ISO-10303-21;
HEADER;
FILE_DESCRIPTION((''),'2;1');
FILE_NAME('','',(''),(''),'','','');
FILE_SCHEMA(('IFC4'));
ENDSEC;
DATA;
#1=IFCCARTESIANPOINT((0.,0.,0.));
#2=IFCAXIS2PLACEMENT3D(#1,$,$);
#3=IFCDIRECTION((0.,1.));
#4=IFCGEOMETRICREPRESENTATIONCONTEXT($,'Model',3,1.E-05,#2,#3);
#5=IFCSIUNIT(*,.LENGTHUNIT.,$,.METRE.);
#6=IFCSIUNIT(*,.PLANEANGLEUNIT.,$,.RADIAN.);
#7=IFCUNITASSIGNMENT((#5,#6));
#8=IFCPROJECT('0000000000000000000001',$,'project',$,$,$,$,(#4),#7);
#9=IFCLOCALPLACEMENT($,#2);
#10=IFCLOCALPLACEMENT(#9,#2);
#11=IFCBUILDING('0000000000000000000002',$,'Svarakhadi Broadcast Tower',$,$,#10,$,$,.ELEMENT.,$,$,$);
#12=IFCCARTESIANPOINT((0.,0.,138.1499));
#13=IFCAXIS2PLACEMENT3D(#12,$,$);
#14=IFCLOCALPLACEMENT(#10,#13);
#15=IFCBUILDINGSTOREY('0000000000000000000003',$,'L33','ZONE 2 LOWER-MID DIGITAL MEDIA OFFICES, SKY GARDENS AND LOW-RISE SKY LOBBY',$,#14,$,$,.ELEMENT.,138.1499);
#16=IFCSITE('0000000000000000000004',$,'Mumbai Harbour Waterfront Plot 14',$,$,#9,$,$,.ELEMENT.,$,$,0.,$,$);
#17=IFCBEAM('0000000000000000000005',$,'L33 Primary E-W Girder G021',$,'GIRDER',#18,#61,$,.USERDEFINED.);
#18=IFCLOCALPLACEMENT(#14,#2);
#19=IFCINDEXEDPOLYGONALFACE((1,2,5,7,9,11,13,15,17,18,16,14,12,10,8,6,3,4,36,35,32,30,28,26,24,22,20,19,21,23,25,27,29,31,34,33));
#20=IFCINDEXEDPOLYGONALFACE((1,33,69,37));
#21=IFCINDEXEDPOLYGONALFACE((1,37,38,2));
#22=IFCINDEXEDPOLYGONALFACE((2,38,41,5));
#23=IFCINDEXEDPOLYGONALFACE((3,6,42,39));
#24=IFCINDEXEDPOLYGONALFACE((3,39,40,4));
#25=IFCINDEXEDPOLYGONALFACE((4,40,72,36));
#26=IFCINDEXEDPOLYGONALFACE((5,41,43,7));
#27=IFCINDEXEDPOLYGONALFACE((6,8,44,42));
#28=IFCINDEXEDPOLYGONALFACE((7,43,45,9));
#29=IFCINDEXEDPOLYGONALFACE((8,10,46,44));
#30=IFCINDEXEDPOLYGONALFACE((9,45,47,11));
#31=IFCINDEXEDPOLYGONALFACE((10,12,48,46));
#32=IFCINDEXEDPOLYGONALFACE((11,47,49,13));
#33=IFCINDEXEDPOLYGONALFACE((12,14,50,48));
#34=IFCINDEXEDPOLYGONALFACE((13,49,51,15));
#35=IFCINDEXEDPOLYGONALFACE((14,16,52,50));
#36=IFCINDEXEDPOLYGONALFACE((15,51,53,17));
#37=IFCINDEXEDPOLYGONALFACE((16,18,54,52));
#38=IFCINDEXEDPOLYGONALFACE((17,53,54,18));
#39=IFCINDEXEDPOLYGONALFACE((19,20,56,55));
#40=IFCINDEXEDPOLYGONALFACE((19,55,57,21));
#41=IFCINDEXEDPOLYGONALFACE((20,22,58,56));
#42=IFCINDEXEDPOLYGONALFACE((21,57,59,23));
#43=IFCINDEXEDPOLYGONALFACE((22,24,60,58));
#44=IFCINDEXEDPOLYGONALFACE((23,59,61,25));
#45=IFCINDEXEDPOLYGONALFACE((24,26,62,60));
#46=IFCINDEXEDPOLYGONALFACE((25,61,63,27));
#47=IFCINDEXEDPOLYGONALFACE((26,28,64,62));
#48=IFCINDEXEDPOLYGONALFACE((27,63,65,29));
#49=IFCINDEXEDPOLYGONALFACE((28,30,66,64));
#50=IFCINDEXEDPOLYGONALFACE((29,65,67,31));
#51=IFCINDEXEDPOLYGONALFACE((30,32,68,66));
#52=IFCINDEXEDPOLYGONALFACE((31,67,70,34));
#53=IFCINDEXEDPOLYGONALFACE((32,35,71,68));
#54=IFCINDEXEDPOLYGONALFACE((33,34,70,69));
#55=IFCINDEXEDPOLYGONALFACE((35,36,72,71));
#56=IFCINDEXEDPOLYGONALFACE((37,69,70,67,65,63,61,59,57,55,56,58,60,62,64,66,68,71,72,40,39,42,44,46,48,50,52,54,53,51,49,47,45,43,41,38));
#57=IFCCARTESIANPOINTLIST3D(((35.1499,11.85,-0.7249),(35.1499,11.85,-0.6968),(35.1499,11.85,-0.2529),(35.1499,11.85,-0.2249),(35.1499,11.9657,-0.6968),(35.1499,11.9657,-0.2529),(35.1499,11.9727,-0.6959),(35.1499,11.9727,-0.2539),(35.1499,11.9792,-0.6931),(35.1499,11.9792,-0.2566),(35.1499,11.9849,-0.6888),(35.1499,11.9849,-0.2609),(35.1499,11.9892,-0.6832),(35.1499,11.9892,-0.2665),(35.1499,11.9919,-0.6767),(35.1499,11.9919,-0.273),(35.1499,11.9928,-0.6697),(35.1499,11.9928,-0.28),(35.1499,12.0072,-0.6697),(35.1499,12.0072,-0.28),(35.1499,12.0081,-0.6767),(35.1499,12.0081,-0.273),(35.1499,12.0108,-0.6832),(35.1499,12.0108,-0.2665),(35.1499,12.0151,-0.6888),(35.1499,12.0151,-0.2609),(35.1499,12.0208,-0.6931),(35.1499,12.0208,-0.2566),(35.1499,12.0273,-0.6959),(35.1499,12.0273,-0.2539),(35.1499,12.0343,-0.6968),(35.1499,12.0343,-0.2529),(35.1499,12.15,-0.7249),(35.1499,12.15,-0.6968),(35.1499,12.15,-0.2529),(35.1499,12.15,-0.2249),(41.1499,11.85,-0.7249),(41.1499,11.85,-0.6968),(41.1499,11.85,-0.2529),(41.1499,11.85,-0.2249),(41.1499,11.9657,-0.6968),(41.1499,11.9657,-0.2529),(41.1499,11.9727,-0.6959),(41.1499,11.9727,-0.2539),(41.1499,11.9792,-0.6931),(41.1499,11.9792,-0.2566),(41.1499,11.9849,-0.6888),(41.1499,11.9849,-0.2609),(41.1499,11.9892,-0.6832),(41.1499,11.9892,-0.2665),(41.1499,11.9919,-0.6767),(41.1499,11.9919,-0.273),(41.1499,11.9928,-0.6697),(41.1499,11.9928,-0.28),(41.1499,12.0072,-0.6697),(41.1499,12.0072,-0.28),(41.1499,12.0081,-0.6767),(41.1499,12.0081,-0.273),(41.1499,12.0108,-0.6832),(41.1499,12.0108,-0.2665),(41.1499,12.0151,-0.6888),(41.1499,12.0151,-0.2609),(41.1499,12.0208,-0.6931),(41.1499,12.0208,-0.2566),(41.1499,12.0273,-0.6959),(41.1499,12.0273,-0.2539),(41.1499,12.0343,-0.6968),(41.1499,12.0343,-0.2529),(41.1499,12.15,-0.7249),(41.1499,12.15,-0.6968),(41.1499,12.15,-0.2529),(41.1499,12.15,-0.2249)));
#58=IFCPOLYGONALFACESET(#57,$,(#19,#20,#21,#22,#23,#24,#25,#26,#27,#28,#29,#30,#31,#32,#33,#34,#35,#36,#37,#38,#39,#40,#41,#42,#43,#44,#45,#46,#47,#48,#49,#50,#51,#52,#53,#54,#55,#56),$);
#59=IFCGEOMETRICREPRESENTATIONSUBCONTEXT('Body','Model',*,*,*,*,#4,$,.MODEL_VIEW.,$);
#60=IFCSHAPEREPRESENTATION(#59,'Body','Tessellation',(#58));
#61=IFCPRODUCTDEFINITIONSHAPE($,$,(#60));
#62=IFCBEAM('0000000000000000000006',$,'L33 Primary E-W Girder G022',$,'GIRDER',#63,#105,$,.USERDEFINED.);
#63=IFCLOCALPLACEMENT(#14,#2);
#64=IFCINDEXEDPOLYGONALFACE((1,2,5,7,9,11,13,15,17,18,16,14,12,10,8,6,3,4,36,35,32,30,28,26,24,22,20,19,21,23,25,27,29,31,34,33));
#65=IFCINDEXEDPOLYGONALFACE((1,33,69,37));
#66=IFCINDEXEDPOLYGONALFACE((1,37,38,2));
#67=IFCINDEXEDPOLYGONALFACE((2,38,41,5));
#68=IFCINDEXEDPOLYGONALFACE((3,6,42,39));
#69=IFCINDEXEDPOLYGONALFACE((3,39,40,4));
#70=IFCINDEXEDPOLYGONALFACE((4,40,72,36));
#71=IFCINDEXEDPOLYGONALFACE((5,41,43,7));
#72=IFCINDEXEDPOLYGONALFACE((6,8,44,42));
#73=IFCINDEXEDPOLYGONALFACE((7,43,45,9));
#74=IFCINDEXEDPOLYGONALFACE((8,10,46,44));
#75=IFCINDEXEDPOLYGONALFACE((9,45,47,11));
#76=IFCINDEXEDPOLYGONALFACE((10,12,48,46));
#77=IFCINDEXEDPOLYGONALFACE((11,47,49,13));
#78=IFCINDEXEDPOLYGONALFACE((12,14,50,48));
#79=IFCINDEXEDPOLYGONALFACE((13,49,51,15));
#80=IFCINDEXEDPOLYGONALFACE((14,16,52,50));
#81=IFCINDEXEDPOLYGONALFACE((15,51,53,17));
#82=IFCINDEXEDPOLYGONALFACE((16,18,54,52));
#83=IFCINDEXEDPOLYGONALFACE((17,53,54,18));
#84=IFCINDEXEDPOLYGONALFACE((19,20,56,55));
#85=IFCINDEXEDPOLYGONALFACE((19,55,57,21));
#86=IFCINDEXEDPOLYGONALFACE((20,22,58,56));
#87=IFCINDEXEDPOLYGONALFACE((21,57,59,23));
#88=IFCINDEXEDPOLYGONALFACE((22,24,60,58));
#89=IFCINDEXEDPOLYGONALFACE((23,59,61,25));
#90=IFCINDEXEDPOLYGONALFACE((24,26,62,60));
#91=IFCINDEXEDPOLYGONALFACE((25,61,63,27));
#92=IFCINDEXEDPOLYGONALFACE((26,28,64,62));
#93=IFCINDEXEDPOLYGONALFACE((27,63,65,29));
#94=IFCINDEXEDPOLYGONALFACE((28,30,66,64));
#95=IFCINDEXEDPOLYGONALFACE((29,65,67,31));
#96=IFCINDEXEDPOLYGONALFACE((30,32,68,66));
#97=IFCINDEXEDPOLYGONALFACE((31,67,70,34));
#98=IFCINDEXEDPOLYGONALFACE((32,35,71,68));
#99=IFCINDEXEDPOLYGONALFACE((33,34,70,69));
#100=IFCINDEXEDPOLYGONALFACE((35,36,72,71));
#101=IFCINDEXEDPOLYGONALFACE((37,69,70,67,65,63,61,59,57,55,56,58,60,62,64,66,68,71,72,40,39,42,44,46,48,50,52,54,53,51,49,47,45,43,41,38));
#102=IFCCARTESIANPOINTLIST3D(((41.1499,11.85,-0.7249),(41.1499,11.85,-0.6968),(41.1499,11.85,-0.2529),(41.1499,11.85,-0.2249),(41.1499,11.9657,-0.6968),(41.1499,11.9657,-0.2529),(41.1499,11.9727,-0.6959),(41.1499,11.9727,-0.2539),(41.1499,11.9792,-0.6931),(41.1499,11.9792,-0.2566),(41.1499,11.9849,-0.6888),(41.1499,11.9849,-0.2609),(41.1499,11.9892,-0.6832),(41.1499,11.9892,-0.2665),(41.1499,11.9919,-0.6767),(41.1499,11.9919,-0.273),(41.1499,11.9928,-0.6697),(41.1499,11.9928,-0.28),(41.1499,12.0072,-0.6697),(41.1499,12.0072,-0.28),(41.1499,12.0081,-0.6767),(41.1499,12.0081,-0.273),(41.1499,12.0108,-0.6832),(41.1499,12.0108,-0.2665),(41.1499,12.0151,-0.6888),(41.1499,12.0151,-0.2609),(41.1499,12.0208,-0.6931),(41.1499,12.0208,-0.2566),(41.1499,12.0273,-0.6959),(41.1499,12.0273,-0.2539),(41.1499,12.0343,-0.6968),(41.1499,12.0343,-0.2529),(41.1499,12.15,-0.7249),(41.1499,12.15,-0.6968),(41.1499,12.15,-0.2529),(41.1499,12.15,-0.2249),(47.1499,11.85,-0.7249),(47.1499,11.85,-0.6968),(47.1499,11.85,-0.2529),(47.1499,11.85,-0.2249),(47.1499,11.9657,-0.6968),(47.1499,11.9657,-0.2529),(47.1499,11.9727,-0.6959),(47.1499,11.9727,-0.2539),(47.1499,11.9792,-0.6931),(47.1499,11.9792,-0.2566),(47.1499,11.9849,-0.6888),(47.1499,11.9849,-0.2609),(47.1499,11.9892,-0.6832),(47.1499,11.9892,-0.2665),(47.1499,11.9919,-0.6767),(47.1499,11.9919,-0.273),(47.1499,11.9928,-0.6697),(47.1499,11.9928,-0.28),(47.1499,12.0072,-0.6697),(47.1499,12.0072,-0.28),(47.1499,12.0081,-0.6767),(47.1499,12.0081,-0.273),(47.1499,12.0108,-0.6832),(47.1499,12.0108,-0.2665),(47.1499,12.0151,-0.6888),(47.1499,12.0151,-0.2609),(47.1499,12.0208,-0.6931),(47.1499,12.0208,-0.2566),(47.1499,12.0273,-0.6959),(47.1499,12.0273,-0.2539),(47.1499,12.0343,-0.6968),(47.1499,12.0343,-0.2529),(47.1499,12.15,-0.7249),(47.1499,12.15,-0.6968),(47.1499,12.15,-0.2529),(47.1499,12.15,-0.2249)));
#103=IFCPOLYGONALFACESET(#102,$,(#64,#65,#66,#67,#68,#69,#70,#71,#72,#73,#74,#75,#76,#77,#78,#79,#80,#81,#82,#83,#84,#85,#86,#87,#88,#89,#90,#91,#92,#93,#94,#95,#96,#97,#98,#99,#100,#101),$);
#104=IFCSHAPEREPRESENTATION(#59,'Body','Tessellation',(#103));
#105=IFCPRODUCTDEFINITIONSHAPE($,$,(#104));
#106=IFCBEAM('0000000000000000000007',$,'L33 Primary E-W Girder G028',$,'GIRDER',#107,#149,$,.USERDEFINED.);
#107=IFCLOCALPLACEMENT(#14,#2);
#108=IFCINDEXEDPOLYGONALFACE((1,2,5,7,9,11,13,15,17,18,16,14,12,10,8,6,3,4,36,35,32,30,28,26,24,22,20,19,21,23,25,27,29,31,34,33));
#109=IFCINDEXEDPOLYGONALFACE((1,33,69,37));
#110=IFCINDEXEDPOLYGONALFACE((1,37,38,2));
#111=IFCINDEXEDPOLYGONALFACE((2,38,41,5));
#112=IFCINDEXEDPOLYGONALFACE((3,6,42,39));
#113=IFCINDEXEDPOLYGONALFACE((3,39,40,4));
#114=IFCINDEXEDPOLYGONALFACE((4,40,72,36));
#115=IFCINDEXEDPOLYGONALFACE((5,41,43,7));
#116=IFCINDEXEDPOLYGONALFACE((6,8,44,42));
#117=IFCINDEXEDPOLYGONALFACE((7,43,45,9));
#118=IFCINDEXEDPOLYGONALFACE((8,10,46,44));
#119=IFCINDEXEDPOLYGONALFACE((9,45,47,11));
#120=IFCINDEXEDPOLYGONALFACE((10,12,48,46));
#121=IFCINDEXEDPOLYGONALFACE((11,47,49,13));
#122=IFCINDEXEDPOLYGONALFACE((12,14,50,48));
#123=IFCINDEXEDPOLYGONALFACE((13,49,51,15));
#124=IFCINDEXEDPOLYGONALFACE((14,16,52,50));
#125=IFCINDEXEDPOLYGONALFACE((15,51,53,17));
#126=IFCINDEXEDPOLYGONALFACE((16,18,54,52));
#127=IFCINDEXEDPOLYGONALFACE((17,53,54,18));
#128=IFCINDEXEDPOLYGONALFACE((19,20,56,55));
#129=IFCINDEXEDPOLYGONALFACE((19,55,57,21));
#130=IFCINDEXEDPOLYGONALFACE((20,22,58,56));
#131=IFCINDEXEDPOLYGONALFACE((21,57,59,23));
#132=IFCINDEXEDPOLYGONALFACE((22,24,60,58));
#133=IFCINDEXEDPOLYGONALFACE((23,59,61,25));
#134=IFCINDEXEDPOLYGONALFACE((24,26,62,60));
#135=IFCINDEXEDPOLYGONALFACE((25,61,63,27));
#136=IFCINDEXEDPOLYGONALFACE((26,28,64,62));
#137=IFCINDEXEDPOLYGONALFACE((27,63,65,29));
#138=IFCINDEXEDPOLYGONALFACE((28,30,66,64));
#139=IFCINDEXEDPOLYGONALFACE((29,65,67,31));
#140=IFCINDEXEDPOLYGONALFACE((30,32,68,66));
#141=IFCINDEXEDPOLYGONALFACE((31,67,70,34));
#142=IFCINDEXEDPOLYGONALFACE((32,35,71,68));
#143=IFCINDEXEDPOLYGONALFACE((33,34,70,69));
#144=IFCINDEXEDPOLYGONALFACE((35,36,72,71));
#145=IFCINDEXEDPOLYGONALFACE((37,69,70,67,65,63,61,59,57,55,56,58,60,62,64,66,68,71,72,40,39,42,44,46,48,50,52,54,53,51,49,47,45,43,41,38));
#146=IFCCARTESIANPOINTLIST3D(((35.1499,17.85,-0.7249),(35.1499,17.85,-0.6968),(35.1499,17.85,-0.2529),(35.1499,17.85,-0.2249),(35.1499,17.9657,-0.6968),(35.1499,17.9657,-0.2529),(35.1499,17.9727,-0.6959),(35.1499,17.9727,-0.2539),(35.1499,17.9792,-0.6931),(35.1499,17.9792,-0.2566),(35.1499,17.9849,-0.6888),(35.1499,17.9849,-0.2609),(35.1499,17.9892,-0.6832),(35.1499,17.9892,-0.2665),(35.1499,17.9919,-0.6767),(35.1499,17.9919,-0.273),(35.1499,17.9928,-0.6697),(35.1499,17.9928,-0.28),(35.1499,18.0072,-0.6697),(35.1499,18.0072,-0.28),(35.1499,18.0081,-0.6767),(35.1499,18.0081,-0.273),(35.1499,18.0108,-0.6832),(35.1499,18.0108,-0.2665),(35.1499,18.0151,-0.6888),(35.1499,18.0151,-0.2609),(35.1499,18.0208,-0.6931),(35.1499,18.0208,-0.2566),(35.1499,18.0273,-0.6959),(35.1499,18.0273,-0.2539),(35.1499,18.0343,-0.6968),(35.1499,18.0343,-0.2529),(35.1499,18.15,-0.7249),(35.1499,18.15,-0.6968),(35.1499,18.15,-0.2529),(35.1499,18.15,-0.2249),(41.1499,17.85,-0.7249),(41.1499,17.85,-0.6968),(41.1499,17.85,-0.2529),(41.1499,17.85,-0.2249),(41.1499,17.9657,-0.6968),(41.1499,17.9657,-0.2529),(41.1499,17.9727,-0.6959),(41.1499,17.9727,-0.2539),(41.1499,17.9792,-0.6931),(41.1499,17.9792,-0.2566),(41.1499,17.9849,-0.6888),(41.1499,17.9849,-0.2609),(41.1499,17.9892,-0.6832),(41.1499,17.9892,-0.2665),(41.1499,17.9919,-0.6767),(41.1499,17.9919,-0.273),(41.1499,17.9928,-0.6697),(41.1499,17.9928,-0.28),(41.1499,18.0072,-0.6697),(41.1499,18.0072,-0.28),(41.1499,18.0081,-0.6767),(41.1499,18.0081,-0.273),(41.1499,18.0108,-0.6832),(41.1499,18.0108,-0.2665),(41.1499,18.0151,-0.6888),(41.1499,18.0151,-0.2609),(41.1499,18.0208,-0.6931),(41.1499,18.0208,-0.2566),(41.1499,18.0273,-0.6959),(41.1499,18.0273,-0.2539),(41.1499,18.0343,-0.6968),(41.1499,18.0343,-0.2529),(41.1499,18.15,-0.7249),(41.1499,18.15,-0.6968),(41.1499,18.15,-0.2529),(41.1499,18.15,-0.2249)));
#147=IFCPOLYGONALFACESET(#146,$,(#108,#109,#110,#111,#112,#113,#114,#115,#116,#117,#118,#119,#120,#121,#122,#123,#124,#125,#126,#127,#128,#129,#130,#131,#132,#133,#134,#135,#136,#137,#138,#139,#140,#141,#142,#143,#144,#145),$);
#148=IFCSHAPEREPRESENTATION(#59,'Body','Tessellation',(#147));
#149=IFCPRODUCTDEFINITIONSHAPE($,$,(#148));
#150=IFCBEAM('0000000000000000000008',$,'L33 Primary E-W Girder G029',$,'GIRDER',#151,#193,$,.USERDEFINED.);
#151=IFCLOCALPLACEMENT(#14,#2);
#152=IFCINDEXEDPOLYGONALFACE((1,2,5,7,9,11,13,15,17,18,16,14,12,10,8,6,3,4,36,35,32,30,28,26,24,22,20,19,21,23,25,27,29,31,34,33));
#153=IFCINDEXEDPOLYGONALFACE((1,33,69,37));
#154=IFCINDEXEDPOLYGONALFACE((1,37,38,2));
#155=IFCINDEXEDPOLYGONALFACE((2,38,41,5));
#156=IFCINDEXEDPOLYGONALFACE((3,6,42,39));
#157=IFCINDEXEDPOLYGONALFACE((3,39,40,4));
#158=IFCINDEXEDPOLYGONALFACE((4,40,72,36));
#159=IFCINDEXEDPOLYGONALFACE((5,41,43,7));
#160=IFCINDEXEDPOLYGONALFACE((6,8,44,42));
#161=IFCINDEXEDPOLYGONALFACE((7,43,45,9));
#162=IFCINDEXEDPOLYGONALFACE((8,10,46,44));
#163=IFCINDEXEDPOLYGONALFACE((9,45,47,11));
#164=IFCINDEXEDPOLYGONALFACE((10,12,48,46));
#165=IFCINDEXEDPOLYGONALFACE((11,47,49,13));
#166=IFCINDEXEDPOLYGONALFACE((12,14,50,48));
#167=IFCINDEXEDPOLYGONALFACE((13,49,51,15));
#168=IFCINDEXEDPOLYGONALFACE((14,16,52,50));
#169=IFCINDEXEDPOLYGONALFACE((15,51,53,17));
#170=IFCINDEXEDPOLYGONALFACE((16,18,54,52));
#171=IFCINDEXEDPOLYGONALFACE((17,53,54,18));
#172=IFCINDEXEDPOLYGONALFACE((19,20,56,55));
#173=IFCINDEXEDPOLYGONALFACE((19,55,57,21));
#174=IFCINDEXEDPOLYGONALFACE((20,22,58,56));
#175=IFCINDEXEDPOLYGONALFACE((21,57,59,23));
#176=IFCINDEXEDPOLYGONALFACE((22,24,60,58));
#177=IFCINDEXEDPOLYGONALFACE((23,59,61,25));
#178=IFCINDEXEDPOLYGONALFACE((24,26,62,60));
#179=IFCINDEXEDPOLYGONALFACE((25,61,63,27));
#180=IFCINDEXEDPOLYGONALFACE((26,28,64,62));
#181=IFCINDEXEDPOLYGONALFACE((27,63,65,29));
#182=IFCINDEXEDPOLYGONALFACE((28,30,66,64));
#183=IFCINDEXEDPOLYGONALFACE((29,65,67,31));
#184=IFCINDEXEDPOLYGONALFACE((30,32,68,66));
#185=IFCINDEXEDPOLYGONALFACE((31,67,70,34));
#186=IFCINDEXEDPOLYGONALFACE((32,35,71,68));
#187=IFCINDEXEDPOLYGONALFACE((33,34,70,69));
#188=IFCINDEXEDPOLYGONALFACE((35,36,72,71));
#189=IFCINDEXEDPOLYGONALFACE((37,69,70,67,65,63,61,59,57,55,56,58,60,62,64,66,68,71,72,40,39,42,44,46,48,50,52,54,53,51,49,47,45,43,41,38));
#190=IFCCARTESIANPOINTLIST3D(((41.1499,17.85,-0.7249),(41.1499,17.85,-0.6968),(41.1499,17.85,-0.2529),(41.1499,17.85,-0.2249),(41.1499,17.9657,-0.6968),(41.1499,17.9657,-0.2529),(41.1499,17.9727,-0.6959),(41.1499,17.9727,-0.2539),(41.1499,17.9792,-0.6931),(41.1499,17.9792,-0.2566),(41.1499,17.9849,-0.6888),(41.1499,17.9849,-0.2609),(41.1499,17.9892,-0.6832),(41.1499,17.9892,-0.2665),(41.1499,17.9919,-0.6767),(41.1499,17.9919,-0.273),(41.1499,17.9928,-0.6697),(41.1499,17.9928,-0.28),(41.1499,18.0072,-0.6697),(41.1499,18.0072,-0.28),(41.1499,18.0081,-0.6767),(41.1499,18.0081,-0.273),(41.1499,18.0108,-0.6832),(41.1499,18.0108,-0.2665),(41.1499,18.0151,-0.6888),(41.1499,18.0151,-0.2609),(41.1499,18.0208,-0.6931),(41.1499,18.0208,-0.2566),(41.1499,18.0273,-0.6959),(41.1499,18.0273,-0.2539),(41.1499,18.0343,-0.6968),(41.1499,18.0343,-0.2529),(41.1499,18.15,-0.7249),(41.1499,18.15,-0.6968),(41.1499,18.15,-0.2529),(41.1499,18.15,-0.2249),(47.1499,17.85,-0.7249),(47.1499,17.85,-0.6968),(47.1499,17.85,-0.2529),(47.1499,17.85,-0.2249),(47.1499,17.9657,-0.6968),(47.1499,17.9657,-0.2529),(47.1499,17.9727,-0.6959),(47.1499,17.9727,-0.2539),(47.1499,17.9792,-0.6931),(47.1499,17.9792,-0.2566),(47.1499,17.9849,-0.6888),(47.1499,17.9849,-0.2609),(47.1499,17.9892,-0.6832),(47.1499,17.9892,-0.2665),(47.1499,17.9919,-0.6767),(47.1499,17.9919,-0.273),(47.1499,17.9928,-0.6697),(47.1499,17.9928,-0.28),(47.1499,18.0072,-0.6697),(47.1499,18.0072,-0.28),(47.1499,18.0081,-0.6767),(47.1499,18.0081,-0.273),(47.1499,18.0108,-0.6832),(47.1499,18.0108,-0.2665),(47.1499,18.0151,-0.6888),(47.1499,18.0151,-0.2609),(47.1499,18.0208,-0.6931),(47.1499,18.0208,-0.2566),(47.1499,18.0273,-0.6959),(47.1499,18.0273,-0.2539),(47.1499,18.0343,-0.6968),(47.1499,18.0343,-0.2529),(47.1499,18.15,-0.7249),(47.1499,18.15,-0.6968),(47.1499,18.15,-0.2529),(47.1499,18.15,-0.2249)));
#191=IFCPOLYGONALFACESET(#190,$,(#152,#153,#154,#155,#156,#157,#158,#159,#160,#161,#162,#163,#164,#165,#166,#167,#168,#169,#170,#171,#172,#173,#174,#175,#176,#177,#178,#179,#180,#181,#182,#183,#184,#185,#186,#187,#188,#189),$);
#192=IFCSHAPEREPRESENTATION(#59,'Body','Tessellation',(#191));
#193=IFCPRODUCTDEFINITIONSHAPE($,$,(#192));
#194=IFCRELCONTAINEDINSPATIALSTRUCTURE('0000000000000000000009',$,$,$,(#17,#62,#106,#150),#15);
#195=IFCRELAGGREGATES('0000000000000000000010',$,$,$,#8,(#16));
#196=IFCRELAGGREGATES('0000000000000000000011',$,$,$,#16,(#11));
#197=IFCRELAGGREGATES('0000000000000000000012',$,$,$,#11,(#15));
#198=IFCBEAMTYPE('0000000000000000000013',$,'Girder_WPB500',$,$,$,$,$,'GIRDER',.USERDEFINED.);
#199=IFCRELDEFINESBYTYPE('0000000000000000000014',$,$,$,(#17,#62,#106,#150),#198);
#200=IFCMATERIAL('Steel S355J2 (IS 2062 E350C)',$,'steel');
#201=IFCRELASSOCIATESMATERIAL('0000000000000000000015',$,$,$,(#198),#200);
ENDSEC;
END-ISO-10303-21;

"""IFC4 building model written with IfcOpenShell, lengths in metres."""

from ifc_helpers import new_model, si_unit, direction, frame, origin, origin_2d, place, context, subcontext, project, spatial, i_section, extrude, material, material_profile, profile_set, type_object, element, save


model = new_model("IFC4")

# Units and contexts
model_context = context("Model", 3, precision=1e-05, world=origin(), true_north=direction((0.0, 1.0)))
body_context = subcontext(model_context, "Body", "Model", "MODEL_VIEW")
ifc_project = project(units=[si_unit("LENGTHUNIT", "METRE"), si_unit("PLANEANGLEUNIT", "RADIAN")], contexts=[model_context])

# Site, building, storey
site_placement = place(None, origin())
site = spatial("IfcSite", under=ifc_project, at=site_placement, Name="Mumbai Harbour Waterfront Plot 14", CompositionType="ELEMENT", RefElevation=0.0)
building_placement = place(site_placement, origin())
building = spatial("IfcBuilding", under=site, at=building_placement, Name="Svarakhadi Broadcast Tower", CompositionType="ELEMENT")
storey_placement = place(building_placement, frame((0.0, 0.0, 138.1499)))
storey = spatial("IfcBuildingStorey", under=building, at=storey_placement, Name="L33", Description="ZONE 2 LOWER-MID DIGITAL MEDIA OFFICES, SKY GARDENS AND LOW-RISE SKY LOBBY", CompositionType="ELEMENT", Elevation=138.1499)

# Shared definitions
ifc_material_1 = material(Name="Steel S355J2 (IS 2062 E350C)", Category="steel")

# Beams
ifc_material_profile_1 = material_profile(ifc_material_1, i_section(OverallWidth=0.3, OverallDepth=0.5, WebThickness=0.0144, FlangeThickness=0.0281, FilletRadius=0.0271, at=origin_2d()), Name="WPB 500x300x187")
ifc_profile_set_1 = profile_set([ifc_material_profile_1], Name="Steel S355J2 (IS 2062 E350C)")
beam_type_1 = type_object("IfcBeamType", Name="Girder_WPB500", ElementType="GIRDER", PredefinedType="USERDEFINED", material=ifc_profile_set_1)
for number, where, z_axis, x_axis, name in (
    (1, (35.1499, 12.0, -0.4749), (1.0, 0.0, 0.0), (0.0, 1.0, 0.0), "L33 Primary E-W Girder G021"),
    (2, (41.1499, 12.0, -0.4749), (1.0, 0.0, 0.0), (0.0, 1.0, 0.0), "L33 Primary E-W Girder G022"),
    (3, (35.1499, 18.0, -0.4749), (1.0, 0.0, 0.0), (0.0, 1.0, 0.0), "L33 Primary E-W Girder G028"),
    (4, (41.1499, 18.0, -0.4749), (1.0, 0.0, 0.0), (0.0, 1.0, 0.0), "L33 Primary E-W Girder G029"),
):
    element("IfcBeam", number, at=place(storey_placement, frame(where, z_axis=z_axis, x_axis=x_axis)), inside=storey, type_object=beam_type_1, Name=name, ObjectType="GIRDER", PredefinedType="USERDEFINED", context=body_context, shape_type="SweptSolid", body=[
        extrude(i_section(OverallWidth=0.3, OverallDepth=0.5, WebThickness=0.0144, FlangeThickness=0.0281, FilletRadius=0.0271, at=origin_2d()), origin(), (0.0, 0.0, 1.0), 6.0),
    ])

save(model, "model.ifc")
